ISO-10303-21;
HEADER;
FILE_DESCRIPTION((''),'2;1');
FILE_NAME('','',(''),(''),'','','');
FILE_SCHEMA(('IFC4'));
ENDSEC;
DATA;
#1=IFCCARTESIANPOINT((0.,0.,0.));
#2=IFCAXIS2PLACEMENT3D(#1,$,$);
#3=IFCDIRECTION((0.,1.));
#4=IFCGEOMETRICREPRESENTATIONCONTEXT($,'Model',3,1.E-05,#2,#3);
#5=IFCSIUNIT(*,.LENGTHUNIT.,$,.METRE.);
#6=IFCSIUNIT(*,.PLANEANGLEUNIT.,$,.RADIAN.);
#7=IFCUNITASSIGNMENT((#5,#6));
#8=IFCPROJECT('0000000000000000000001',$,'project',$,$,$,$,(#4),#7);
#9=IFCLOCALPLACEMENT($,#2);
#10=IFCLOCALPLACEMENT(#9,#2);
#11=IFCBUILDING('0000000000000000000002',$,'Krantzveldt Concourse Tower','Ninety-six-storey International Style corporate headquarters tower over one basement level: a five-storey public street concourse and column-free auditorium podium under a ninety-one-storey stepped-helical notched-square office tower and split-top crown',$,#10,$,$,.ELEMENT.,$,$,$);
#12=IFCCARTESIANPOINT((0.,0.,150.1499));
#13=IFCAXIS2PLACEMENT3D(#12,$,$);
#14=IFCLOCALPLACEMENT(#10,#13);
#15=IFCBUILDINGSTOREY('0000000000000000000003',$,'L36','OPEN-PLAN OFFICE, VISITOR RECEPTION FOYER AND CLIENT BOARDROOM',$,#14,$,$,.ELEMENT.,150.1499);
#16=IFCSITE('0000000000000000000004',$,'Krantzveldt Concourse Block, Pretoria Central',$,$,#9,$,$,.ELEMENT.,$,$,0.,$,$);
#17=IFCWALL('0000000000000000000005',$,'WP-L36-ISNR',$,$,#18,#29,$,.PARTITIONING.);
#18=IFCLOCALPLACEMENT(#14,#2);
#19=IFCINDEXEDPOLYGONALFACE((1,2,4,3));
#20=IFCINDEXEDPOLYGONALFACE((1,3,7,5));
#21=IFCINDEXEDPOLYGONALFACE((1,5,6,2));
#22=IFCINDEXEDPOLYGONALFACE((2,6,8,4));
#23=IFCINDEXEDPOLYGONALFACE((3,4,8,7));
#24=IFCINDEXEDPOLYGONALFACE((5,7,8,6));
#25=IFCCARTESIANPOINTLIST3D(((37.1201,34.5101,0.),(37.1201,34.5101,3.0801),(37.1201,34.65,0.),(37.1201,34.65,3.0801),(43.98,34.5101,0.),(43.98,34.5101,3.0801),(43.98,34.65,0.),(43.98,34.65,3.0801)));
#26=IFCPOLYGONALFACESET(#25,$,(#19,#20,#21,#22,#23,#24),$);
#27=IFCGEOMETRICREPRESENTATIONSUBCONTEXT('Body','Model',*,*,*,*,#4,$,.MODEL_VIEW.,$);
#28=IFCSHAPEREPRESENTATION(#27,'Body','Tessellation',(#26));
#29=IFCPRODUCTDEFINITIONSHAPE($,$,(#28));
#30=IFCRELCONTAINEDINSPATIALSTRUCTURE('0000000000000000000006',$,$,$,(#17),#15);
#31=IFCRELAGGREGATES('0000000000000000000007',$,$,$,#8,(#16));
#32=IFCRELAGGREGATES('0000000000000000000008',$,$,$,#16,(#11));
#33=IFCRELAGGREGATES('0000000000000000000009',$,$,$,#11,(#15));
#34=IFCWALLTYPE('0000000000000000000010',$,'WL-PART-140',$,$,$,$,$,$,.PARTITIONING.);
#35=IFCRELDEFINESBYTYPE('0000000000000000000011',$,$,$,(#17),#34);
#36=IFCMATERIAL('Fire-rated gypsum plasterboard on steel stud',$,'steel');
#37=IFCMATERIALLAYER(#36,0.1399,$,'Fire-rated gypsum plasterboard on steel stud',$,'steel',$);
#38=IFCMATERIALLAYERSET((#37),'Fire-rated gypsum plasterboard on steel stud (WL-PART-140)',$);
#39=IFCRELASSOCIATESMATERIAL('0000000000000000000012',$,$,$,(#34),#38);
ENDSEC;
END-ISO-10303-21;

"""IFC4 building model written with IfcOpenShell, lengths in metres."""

from ifc_helpers import new_model, si_unit, direction, frame, frame_2d, origin, place, context, subcontext, project, spatial, rectangle, extrude, material, layer, layer_set, type_object, element, save


model = new_model("IFC4")

# Units and contexts
model_context = context("Model", 3, precision=1e-05, world=origin(), true_north=direction((0.0, 1.0)))
body_context = subcontext(model_context, "Body", "Model", "MODEL_VIEW")
ifc_project = project(units=[si_unit("LENGTHUNIT", "METRE"), si_unit("PLANEANGLEUNIT", "RADIAN")], contexts=[model_context])

# Site, building, storey
site_placement = place(None, origin())
site = spatial("IfcSite", under=ifc_project, at=site_placement, Name="Krantzveldt Concourse Block, Pretoria Central", CompositionType="ELEMENT", RefElevation=0.0)
building_placement = place(site_placement, origin())
building = spatial("IfcBuilding", under=site, at=building_placement, Name="Krantzveldt Concourse Tower", Description="Ninety-six-storey International Style corporate headquarters tower over one basement level: a five-storey public street concourse and column-free auditorium podium under a ninety-one-storey stepped-helical notched-square office tower and split-top crown", CompositionType="ELEMENT")
storey_placement = place(building_placement, frame((0.0, 0.0, 150.1499)))
storey = spatial("IfcBuildingStorey", under=building, at=storey_placement, Name="L36", Description="OPEN-PLAN OFFICE, VISITOR RECEPTION FOYER AND CLIENT BOARDROOM", CompositionType="ELEMENT", Elevation=150.1499)

# Shared definitions
ifc_material_1 = material(Name="Fire-rated gypsum plasterboard on steel stud", Category="steel")

# Wall
ifc_layer_1 = layer(ifc_material_1, 0.1399, Name="Fire-rated gypsum plasterboard on steel stud", Category="steel")
ifc_layer_set_1 = layer_set([ifc_layer_1], Name="Fire-rated gypsum plasterboard on steel stud (WL-PART-140)")
wall_type_1 = type_object("IfcWallType", Name="WL-PART-140", PredefinedType="PARTITIONING", material=ifc_layer_set_1)
wall_1_placement = place(storey_placement, frame((37.1201, 34.5801, 0.0), z_axis=(0.0, 0.0, 1.0), x_axis=(1.0, 0.0, 0.0)))
element("IfcWall", 1, at=wall_1_placement, inside=storey, type_object=wall_type_1, Name="WP-L36-ISNR", PredefinedType="PARTITIONING", context=body_context, shape_type="SweptSolid", body=[
    extrude(rectangle(XDim=6.8599, YDim=0.1399, at=frame_2d((3.4299, 0.0))), origin(), (0.0, 0.0, 1.0), 3.0801),
])

save(model, "model.ifc")
